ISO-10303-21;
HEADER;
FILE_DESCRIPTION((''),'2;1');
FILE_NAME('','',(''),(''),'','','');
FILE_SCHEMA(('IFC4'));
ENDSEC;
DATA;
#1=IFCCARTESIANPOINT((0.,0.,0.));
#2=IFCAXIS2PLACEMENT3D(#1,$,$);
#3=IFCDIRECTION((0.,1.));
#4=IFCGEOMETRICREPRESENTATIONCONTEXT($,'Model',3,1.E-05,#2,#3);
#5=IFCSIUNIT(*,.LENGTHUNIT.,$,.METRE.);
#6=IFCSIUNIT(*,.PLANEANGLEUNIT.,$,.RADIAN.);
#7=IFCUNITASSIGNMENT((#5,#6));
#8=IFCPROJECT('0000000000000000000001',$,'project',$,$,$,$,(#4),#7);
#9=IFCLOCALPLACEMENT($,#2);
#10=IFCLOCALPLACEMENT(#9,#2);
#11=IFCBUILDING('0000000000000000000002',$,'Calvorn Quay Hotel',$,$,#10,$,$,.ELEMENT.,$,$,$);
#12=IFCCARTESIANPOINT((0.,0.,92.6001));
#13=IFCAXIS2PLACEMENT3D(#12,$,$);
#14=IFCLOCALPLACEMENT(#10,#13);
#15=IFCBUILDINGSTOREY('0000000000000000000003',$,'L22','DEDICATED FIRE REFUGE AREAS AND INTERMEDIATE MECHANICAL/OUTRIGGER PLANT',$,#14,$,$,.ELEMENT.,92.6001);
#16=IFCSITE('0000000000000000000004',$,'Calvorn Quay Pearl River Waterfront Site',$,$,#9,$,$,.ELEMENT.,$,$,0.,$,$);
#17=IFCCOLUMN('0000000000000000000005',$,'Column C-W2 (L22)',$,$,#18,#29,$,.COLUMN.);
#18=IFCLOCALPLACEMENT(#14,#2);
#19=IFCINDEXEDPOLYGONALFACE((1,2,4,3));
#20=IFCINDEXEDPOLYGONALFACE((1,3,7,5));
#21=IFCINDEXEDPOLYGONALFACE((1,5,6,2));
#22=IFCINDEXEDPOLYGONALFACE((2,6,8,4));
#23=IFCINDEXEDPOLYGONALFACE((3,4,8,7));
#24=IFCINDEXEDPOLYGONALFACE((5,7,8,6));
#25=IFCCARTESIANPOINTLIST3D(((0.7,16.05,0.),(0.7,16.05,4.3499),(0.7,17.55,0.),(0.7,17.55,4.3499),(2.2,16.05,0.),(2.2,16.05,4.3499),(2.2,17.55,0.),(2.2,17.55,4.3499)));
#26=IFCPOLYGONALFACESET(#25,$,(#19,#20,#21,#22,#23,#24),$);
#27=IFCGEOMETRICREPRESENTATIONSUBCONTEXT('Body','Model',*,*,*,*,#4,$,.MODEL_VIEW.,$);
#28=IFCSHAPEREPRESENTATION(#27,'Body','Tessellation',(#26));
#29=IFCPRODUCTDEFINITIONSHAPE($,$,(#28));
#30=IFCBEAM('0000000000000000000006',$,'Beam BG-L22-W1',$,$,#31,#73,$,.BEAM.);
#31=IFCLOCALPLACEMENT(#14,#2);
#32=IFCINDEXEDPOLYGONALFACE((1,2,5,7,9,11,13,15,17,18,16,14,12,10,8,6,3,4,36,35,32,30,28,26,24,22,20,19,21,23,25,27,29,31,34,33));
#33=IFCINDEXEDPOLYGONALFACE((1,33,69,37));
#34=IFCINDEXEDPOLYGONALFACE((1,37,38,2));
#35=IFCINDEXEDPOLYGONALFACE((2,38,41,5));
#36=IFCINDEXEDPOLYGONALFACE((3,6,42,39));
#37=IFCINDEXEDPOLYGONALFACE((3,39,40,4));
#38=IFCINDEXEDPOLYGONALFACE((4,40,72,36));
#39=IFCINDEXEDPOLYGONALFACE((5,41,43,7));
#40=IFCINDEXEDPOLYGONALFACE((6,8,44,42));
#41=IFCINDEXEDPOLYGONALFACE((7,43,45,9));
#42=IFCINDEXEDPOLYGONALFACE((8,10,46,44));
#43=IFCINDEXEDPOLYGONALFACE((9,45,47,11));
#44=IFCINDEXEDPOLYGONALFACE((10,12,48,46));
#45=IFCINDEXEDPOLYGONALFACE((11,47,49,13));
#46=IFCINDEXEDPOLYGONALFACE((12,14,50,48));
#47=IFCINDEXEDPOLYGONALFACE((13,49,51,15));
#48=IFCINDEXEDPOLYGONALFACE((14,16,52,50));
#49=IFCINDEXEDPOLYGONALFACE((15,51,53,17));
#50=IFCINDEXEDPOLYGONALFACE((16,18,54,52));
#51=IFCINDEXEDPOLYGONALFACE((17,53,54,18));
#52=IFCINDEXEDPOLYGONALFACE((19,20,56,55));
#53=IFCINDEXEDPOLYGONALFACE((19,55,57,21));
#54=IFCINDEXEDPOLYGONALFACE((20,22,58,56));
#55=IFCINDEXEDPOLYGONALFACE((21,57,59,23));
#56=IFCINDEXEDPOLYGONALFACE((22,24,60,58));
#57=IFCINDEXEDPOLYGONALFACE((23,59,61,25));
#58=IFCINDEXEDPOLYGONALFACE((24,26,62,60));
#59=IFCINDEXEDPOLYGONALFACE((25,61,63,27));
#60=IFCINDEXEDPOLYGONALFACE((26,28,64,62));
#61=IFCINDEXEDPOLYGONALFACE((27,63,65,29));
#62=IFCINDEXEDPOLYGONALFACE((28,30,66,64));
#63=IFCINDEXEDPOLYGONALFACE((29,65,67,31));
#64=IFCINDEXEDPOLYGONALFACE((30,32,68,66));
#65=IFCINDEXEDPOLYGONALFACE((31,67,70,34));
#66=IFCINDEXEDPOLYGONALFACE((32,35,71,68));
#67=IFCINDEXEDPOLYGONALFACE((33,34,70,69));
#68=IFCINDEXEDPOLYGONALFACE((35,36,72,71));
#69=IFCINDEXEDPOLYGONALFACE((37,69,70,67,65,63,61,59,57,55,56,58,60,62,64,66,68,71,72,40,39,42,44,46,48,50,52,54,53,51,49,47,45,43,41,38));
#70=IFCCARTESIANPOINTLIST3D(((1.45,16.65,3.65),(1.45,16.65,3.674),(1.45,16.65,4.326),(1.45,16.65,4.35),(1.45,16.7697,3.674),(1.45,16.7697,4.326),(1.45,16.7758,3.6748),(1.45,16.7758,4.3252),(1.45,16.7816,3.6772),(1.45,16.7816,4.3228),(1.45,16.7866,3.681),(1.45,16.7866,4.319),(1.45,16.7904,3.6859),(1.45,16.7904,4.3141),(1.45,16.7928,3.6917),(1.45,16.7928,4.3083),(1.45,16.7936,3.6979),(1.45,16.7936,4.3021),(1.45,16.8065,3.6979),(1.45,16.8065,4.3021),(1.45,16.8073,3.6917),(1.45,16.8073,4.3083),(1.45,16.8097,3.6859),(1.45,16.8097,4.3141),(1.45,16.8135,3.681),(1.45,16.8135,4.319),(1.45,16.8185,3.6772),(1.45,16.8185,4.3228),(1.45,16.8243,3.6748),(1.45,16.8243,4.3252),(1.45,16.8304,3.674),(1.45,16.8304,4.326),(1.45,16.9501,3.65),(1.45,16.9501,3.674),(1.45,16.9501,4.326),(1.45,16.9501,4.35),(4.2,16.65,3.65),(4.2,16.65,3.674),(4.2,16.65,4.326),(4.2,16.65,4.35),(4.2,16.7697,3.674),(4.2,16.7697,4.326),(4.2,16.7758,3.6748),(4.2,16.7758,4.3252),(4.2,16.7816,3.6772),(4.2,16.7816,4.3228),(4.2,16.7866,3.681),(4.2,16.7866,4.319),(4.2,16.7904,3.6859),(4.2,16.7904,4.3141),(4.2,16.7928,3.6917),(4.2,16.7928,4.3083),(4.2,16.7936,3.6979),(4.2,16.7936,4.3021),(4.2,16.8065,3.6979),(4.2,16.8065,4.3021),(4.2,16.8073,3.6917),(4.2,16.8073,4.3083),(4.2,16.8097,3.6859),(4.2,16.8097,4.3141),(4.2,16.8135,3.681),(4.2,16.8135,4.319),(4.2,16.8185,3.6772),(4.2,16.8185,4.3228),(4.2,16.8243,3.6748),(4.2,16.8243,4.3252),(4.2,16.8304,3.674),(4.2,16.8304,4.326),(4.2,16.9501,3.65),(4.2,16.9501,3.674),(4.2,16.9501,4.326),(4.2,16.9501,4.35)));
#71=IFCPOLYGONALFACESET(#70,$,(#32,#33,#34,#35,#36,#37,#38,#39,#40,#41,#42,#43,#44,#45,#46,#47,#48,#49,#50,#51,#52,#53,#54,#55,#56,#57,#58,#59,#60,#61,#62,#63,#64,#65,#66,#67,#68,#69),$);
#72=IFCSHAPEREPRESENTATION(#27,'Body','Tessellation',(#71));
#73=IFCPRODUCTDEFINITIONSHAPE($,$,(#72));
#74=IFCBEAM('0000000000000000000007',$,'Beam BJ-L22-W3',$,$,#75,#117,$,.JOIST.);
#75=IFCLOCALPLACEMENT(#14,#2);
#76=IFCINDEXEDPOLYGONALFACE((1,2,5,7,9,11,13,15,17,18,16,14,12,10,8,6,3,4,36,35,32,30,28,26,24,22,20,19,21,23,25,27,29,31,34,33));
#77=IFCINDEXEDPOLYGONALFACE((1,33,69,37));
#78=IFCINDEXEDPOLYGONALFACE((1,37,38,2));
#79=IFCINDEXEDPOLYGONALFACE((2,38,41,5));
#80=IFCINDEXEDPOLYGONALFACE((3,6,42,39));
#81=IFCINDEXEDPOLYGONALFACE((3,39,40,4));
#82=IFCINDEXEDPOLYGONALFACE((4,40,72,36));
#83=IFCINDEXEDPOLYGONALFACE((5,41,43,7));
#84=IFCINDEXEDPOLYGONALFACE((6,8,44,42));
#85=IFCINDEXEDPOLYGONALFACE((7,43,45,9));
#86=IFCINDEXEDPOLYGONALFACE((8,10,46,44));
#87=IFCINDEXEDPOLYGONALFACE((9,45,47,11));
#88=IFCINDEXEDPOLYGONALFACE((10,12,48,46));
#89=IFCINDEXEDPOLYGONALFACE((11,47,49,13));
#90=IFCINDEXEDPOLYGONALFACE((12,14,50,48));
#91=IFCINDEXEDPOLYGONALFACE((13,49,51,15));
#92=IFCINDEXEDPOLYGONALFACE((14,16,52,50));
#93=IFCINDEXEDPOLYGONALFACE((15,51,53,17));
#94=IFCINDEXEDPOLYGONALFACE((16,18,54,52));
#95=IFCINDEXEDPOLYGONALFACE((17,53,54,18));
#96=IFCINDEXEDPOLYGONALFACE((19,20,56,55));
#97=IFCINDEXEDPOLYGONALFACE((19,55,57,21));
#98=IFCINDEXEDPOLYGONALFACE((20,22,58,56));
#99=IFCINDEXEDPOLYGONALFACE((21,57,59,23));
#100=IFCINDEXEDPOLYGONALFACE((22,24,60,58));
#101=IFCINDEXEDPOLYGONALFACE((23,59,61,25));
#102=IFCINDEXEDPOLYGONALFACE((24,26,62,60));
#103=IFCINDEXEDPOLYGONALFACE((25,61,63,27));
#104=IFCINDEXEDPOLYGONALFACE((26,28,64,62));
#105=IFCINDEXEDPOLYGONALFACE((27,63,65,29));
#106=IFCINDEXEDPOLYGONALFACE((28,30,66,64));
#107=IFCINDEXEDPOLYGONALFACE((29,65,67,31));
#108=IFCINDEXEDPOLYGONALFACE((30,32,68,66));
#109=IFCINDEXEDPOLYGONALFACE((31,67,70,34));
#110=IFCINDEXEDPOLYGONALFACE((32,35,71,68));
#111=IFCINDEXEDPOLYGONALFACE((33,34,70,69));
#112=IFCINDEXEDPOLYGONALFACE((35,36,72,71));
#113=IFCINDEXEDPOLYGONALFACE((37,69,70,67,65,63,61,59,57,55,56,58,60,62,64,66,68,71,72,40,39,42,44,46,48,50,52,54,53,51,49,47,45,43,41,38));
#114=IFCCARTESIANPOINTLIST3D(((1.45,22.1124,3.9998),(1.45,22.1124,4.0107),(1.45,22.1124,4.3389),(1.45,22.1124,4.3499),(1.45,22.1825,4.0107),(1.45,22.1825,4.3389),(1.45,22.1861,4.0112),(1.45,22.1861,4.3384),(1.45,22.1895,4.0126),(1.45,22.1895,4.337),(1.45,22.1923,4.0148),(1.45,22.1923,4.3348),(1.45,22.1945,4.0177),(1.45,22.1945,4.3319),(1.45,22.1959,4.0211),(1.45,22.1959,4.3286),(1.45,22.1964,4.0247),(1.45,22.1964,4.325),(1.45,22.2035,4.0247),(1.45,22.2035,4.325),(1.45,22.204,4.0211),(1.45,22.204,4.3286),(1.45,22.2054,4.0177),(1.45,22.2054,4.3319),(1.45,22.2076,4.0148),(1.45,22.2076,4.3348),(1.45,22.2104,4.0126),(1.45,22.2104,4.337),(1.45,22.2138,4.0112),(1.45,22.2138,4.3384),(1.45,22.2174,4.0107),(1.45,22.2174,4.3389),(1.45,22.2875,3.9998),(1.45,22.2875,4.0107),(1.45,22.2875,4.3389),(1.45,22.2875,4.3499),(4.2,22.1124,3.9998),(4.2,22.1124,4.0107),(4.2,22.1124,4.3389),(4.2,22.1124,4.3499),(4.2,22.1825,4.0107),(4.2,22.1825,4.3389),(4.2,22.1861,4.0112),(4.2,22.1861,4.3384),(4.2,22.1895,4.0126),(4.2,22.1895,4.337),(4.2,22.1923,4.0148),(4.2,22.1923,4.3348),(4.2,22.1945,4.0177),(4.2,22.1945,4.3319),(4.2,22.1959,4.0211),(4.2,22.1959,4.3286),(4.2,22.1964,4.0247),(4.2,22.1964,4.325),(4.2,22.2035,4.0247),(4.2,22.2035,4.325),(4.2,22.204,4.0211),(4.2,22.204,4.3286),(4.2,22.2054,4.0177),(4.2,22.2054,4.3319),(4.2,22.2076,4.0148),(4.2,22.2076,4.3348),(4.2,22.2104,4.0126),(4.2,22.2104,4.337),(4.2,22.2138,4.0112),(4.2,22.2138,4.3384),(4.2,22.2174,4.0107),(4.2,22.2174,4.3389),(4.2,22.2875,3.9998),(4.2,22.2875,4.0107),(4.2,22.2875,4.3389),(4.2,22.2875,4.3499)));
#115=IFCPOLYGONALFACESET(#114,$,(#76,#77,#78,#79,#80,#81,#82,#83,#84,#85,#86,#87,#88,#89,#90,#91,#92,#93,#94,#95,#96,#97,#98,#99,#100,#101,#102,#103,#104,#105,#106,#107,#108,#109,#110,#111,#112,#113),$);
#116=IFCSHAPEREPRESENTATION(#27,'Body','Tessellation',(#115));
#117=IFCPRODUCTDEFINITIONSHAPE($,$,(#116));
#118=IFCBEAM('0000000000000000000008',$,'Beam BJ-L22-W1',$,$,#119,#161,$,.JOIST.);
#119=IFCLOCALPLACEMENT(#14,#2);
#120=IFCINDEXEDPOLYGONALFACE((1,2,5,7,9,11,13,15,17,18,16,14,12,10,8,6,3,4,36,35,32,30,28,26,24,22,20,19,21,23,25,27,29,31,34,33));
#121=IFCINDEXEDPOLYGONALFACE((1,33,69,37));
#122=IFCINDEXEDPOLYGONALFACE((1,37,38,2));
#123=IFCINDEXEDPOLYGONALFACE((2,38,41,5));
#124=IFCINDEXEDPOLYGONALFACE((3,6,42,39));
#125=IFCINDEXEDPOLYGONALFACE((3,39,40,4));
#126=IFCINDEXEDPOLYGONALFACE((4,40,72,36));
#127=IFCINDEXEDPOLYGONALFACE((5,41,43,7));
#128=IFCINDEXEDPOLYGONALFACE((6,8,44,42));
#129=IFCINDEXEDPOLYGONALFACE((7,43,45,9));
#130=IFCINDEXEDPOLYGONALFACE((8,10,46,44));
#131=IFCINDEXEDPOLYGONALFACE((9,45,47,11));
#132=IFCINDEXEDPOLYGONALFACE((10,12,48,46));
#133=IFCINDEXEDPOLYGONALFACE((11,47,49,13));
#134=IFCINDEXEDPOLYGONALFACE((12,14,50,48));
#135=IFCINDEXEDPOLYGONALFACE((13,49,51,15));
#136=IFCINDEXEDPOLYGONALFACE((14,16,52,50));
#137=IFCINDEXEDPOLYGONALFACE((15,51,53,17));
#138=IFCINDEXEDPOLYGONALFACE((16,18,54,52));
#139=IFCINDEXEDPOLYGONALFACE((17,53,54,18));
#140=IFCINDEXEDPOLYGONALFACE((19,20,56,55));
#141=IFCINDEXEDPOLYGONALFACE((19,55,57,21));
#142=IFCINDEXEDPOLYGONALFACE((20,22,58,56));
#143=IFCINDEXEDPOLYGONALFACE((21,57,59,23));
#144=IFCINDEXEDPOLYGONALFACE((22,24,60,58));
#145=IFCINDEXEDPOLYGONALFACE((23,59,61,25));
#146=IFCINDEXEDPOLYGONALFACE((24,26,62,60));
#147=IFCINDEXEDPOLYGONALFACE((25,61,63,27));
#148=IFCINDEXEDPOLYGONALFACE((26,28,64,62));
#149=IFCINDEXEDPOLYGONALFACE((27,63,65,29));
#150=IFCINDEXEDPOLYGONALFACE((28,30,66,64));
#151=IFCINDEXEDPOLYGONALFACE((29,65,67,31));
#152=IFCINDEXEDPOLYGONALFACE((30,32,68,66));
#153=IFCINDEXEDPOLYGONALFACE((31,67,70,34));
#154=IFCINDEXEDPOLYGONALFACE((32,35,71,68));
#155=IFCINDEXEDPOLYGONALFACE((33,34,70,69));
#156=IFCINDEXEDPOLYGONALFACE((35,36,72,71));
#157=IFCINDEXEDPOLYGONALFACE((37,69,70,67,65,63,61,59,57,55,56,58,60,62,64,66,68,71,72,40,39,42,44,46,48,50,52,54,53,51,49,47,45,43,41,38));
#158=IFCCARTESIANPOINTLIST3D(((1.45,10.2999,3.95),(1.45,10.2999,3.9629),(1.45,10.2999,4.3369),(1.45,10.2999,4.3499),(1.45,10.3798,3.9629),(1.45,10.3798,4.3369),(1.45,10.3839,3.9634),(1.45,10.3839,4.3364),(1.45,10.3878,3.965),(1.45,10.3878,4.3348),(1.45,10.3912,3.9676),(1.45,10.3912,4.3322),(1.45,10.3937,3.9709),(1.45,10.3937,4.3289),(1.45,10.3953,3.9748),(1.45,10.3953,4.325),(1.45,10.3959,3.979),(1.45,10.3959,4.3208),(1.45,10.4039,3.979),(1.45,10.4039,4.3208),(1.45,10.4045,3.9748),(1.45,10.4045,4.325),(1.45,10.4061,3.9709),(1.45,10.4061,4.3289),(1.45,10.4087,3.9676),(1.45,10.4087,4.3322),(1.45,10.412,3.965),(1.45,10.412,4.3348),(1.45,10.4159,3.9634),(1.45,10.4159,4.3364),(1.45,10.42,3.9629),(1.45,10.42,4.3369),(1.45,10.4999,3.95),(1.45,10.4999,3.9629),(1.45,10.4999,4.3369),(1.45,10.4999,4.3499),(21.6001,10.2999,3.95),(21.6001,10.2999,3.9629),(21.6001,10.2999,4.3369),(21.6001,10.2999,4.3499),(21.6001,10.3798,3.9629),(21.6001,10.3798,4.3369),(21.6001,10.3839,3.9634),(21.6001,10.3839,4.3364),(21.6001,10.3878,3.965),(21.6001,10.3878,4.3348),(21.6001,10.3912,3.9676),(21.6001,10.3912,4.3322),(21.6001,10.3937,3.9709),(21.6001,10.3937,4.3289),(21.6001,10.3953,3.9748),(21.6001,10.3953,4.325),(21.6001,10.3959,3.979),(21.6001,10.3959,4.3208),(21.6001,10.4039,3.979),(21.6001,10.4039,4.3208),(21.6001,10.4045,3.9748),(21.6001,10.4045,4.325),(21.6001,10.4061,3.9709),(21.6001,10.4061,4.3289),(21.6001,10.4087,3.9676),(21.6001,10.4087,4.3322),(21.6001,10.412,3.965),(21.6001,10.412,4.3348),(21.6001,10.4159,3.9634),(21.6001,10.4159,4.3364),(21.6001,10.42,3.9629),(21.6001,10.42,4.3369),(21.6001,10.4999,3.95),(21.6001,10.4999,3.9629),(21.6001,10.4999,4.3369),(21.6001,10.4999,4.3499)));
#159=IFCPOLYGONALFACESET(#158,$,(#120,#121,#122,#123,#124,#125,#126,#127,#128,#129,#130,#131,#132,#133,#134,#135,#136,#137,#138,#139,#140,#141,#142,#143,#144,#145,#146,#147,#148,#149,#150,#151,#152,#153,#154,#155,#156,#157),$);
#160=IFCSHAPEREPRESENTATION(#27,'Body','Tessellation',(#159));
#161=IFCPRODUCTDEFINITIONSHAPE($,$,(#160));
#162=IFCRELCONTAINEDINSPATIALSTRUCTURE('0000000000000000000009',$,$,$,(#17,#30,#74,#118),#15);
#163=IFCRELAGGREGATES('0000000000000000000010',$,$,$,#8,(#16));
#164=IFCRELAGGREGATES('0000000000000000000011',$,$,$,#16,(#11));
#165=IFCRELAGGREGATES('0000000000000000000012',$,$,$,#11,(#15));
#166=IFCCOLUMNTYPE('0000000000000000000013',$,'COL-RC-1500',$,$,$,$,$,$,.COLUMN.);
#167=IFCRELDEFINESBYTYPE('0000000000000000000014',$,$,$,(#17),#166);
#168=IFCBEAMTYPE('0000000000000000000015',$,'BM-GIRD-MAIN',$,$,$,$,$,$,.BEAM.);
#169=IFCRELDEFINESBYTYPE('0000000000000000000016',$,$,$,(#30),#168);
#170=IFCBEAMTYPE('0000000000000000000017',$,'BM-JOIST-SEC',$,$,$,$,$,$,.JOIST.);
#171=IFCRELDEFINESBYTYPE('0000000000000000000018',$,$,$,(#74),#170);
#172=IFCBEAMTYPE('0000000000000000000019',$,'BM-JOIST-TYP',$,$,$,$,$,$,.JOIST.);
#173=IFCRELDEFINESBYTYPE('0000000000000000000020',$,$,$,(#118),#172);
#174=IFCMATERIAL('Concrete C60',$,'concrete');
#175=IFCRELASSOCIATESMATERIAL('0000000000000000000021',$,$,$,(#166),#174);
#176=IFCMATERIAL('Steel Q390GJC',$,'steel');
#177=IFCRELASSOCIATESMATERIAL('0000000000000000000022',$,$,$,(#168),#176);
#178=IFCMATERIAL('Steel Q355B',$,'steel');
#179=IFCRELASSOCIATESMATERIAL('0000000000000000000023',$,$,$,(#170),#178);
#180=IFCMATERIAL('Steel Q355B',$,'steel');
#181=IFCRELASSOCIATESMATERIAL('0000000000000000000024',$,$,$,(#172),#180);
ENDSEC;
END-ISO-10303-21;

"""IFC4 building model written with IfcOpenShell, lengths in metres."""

from ifc_helpers import new_model, si_unit, direction, frame, origin, origin_2d, place, context, subcontext, project, spatial, rectangle, i_section, extrude, material, material_profile, profile_set, type_object, element, save


model = new_model("IFC4")

# Units and contexts
model_context = context("Model", 3, precision=1e-05, world=origin(), true_north=direction((0.0, 1.0)))
body_context = subcontext(model_context, "Body", "Model", "MODEL_VIEW")
ifc_project = project(units=[si_unit("LENGTHUNIT", "METRE"), si_unit("PLANEANGLEUNIT", "RADIAN")], contexts=[model_context])

# Site, building, storey
site_placement = place(None, origin())
site = spatial("IfcSite", under=ifc_project, at=site_placement, Name="Calvorn Quay Pearl River Waterfront Site", CompositionType="ELEMENT", RefElevation=0.0)
building_placement = place(site_placement, origin())
building = spatial("IfcBuilding", under=site, at=building_placement, Name="Calvorn Quay Hotel", CompositionType="ELEMENT")
storey_placement = place(building_placement, frame((0.0, 0.0, 92.6001)))
storey = spatial("IfcBuildingStorey", under=building, at=storey_placement, Name="L22", Description="DEDICATED FIRE REFUGE AREAS AND INTERMEDIATE MECHANICAL/OUTRIGGER PLANT", CompositionType="ELEMENT", Elevation=92.6001)

# Column
ifc_material_1 = material(Name="Concrete C60", Category="concrete")
ifc_material_profile_1 = material_profile(ifc_material_1, rectangle(XDim=1.5, YDim=1.5, at=origin_2d()), Name="RC1500x1500")
ifc_profile_set_1 = profile_set([ifc_material_profile_1], Name="Concrete C60")
column_type = type_object("IfcColumnType", Name="COL-RC-1500", PredefinedType="COLUMN", material=ifc_profile_set_1)
column_placement = place(storey_placement, frame((1.45, 16.8, 0.0), z_axis=(0.0, 0.0, 1.0), x_axis=(1.0, 0.0, 0.0)))
element("IfcColumn", 1, at=column_placement, inside=storey, type_object=column_type, Name="Column C-W2 (L22)", PredefinedType="COLUMN", context=body_context, shape_type="SweptSolid", body=[
    extrude(rectangle(XDim=1.5, YDim=1.5, at=origin_2d()), origin(), (0.0, 0.0, 1.0), 4.3499),
])

# Beams
ifc_material_2 = material(Name="Steel Q390GJC", Category="steel")
ifc_material_profile_2 = material_profile(ifc_material_2, i_section(OverallWidth=0.3, OverallDepth=0.7, WebThickness=0.0129, FlangeThickness=0.0239, FilletRadius=0.0239, at=origin_2d()), Name="HN700x300x13x24")
ifc_profile_set_2 = profile_set([ifc_material_profile_2], Name="Steel Q390GJC")
beam_type_1 = type_object("IfcBeamType", Name="BM-GIRD-MAIN", PredefinedType="BEAM", material=ifc_profile_set_2)
beam_1_placement = place(storey_placement, frame((1.45, 16.8, 4.0), z_axis=(1.0, 0.0, 0.0), x_axis=(0.0, 1.0, 0.0)))
element("IfcBeam", 2, at=beam_1_placement, inside=storey, type_object=beam_type_1, Name="Beam BG-L22-W1", PredefinedType="BEAM", context=body_context, shape_type="SweptSolid", body=[
    extrude(i_section(OverallWidth=0.3, OverallDepth=0.7, WebThickness=0.0129, FlangeThickness=0.0239, FilletRadius=0.0239, at=origin_2d()), origin(), (0.0, 0.0, 1.0), 2.75),
])
ifc_material_3 = material(Name="Steel Q355B", Category="steel")
ifc_material_profile_3 = material_profile(ifc_material_3, i_section(OverallWidth=0.175, OverallDepth=0.3501, WebThickness=0.0071, FlangeThickness=0.011, FilletRadius=0.0139, at=origin_2d()), Name="HN350x175x7x11")
ifc_profile_set_3 = profile_set([ifc_material_profile_3], Name="Steel Q355B")
beam_type_2 = type_object("IfcBeamType", Name="BM-JOIST-SEC", PredefinedType="JOIST", material=ifc_profile_set_3)
beam_2_placement = place(storey_placement, frame((1.45, 22.2, 4.1748), z_axis=(1.0, 0.0, 0.0), x_axis=(0.0, 1.0, 0.0)))
element("IfcBeam", 3, at=beam_2_placement, inside=storey, type_object=beam_type_2, Name="Beam BJ-L22-W3", PredefinedType="JOIST", context=body_context, shape_type="SweptSolid", body=[
    extrude(i_section(OverallWidth=0.175, OverallDepth=0.3501, WebThickness=0.0071, FlangeThickness=0.011, FilletRadius=0.0139, at=origin_2d()), origin(), (0.0, 0.0, 1.0), 2.75),
])
ifc_material_4 = material(Name="Steel Q355B", Category="steel")
ifc_material_profile_4 = material_profile(ifc_material_4, i_section(OverallWidth=0.2, OverallDepth=0.3999, WebThickness=0.0081, FlangeThickness=0.0129, FilletRadius=0.0161, at=origin_2d()), Name="HN400x200x8x13")
ifc_profile_set_4 = profile_set([ifc_material_profile_4], Name="Steel Q355B")
beam_type_3 = type_object("IfcBeamType", Name="BM-JOIST-TYP", PredefinedType="JOIST", material=ifc_profile_set_4)
beam_3_placement = place(storey_placement, frame((1.45, 10.3999, 4.1499), z_axis=(1.0, 0.0, 0.0), x_axis=(0.0, 1.0, 0.0)))
element("IfcBeam", 4, at=beam_3_placement, inside=storey, type_object=beam_type_3, Name="Beam BJ-L22-W1", PredefinedType="JOIST", context=body_context, shape_type="SweptSolid", body=[
    extrude(i_section(OverallWidth=0.2, OverallDepth=0.3999, WebThickness=0.0081, FlangeThickness=0.0129, FilletRadius=0.0161, at=origin_2d()), origin(), (0.0, 0.0, 1.0), 20.1501),
])

save(model, "model.ifc")
